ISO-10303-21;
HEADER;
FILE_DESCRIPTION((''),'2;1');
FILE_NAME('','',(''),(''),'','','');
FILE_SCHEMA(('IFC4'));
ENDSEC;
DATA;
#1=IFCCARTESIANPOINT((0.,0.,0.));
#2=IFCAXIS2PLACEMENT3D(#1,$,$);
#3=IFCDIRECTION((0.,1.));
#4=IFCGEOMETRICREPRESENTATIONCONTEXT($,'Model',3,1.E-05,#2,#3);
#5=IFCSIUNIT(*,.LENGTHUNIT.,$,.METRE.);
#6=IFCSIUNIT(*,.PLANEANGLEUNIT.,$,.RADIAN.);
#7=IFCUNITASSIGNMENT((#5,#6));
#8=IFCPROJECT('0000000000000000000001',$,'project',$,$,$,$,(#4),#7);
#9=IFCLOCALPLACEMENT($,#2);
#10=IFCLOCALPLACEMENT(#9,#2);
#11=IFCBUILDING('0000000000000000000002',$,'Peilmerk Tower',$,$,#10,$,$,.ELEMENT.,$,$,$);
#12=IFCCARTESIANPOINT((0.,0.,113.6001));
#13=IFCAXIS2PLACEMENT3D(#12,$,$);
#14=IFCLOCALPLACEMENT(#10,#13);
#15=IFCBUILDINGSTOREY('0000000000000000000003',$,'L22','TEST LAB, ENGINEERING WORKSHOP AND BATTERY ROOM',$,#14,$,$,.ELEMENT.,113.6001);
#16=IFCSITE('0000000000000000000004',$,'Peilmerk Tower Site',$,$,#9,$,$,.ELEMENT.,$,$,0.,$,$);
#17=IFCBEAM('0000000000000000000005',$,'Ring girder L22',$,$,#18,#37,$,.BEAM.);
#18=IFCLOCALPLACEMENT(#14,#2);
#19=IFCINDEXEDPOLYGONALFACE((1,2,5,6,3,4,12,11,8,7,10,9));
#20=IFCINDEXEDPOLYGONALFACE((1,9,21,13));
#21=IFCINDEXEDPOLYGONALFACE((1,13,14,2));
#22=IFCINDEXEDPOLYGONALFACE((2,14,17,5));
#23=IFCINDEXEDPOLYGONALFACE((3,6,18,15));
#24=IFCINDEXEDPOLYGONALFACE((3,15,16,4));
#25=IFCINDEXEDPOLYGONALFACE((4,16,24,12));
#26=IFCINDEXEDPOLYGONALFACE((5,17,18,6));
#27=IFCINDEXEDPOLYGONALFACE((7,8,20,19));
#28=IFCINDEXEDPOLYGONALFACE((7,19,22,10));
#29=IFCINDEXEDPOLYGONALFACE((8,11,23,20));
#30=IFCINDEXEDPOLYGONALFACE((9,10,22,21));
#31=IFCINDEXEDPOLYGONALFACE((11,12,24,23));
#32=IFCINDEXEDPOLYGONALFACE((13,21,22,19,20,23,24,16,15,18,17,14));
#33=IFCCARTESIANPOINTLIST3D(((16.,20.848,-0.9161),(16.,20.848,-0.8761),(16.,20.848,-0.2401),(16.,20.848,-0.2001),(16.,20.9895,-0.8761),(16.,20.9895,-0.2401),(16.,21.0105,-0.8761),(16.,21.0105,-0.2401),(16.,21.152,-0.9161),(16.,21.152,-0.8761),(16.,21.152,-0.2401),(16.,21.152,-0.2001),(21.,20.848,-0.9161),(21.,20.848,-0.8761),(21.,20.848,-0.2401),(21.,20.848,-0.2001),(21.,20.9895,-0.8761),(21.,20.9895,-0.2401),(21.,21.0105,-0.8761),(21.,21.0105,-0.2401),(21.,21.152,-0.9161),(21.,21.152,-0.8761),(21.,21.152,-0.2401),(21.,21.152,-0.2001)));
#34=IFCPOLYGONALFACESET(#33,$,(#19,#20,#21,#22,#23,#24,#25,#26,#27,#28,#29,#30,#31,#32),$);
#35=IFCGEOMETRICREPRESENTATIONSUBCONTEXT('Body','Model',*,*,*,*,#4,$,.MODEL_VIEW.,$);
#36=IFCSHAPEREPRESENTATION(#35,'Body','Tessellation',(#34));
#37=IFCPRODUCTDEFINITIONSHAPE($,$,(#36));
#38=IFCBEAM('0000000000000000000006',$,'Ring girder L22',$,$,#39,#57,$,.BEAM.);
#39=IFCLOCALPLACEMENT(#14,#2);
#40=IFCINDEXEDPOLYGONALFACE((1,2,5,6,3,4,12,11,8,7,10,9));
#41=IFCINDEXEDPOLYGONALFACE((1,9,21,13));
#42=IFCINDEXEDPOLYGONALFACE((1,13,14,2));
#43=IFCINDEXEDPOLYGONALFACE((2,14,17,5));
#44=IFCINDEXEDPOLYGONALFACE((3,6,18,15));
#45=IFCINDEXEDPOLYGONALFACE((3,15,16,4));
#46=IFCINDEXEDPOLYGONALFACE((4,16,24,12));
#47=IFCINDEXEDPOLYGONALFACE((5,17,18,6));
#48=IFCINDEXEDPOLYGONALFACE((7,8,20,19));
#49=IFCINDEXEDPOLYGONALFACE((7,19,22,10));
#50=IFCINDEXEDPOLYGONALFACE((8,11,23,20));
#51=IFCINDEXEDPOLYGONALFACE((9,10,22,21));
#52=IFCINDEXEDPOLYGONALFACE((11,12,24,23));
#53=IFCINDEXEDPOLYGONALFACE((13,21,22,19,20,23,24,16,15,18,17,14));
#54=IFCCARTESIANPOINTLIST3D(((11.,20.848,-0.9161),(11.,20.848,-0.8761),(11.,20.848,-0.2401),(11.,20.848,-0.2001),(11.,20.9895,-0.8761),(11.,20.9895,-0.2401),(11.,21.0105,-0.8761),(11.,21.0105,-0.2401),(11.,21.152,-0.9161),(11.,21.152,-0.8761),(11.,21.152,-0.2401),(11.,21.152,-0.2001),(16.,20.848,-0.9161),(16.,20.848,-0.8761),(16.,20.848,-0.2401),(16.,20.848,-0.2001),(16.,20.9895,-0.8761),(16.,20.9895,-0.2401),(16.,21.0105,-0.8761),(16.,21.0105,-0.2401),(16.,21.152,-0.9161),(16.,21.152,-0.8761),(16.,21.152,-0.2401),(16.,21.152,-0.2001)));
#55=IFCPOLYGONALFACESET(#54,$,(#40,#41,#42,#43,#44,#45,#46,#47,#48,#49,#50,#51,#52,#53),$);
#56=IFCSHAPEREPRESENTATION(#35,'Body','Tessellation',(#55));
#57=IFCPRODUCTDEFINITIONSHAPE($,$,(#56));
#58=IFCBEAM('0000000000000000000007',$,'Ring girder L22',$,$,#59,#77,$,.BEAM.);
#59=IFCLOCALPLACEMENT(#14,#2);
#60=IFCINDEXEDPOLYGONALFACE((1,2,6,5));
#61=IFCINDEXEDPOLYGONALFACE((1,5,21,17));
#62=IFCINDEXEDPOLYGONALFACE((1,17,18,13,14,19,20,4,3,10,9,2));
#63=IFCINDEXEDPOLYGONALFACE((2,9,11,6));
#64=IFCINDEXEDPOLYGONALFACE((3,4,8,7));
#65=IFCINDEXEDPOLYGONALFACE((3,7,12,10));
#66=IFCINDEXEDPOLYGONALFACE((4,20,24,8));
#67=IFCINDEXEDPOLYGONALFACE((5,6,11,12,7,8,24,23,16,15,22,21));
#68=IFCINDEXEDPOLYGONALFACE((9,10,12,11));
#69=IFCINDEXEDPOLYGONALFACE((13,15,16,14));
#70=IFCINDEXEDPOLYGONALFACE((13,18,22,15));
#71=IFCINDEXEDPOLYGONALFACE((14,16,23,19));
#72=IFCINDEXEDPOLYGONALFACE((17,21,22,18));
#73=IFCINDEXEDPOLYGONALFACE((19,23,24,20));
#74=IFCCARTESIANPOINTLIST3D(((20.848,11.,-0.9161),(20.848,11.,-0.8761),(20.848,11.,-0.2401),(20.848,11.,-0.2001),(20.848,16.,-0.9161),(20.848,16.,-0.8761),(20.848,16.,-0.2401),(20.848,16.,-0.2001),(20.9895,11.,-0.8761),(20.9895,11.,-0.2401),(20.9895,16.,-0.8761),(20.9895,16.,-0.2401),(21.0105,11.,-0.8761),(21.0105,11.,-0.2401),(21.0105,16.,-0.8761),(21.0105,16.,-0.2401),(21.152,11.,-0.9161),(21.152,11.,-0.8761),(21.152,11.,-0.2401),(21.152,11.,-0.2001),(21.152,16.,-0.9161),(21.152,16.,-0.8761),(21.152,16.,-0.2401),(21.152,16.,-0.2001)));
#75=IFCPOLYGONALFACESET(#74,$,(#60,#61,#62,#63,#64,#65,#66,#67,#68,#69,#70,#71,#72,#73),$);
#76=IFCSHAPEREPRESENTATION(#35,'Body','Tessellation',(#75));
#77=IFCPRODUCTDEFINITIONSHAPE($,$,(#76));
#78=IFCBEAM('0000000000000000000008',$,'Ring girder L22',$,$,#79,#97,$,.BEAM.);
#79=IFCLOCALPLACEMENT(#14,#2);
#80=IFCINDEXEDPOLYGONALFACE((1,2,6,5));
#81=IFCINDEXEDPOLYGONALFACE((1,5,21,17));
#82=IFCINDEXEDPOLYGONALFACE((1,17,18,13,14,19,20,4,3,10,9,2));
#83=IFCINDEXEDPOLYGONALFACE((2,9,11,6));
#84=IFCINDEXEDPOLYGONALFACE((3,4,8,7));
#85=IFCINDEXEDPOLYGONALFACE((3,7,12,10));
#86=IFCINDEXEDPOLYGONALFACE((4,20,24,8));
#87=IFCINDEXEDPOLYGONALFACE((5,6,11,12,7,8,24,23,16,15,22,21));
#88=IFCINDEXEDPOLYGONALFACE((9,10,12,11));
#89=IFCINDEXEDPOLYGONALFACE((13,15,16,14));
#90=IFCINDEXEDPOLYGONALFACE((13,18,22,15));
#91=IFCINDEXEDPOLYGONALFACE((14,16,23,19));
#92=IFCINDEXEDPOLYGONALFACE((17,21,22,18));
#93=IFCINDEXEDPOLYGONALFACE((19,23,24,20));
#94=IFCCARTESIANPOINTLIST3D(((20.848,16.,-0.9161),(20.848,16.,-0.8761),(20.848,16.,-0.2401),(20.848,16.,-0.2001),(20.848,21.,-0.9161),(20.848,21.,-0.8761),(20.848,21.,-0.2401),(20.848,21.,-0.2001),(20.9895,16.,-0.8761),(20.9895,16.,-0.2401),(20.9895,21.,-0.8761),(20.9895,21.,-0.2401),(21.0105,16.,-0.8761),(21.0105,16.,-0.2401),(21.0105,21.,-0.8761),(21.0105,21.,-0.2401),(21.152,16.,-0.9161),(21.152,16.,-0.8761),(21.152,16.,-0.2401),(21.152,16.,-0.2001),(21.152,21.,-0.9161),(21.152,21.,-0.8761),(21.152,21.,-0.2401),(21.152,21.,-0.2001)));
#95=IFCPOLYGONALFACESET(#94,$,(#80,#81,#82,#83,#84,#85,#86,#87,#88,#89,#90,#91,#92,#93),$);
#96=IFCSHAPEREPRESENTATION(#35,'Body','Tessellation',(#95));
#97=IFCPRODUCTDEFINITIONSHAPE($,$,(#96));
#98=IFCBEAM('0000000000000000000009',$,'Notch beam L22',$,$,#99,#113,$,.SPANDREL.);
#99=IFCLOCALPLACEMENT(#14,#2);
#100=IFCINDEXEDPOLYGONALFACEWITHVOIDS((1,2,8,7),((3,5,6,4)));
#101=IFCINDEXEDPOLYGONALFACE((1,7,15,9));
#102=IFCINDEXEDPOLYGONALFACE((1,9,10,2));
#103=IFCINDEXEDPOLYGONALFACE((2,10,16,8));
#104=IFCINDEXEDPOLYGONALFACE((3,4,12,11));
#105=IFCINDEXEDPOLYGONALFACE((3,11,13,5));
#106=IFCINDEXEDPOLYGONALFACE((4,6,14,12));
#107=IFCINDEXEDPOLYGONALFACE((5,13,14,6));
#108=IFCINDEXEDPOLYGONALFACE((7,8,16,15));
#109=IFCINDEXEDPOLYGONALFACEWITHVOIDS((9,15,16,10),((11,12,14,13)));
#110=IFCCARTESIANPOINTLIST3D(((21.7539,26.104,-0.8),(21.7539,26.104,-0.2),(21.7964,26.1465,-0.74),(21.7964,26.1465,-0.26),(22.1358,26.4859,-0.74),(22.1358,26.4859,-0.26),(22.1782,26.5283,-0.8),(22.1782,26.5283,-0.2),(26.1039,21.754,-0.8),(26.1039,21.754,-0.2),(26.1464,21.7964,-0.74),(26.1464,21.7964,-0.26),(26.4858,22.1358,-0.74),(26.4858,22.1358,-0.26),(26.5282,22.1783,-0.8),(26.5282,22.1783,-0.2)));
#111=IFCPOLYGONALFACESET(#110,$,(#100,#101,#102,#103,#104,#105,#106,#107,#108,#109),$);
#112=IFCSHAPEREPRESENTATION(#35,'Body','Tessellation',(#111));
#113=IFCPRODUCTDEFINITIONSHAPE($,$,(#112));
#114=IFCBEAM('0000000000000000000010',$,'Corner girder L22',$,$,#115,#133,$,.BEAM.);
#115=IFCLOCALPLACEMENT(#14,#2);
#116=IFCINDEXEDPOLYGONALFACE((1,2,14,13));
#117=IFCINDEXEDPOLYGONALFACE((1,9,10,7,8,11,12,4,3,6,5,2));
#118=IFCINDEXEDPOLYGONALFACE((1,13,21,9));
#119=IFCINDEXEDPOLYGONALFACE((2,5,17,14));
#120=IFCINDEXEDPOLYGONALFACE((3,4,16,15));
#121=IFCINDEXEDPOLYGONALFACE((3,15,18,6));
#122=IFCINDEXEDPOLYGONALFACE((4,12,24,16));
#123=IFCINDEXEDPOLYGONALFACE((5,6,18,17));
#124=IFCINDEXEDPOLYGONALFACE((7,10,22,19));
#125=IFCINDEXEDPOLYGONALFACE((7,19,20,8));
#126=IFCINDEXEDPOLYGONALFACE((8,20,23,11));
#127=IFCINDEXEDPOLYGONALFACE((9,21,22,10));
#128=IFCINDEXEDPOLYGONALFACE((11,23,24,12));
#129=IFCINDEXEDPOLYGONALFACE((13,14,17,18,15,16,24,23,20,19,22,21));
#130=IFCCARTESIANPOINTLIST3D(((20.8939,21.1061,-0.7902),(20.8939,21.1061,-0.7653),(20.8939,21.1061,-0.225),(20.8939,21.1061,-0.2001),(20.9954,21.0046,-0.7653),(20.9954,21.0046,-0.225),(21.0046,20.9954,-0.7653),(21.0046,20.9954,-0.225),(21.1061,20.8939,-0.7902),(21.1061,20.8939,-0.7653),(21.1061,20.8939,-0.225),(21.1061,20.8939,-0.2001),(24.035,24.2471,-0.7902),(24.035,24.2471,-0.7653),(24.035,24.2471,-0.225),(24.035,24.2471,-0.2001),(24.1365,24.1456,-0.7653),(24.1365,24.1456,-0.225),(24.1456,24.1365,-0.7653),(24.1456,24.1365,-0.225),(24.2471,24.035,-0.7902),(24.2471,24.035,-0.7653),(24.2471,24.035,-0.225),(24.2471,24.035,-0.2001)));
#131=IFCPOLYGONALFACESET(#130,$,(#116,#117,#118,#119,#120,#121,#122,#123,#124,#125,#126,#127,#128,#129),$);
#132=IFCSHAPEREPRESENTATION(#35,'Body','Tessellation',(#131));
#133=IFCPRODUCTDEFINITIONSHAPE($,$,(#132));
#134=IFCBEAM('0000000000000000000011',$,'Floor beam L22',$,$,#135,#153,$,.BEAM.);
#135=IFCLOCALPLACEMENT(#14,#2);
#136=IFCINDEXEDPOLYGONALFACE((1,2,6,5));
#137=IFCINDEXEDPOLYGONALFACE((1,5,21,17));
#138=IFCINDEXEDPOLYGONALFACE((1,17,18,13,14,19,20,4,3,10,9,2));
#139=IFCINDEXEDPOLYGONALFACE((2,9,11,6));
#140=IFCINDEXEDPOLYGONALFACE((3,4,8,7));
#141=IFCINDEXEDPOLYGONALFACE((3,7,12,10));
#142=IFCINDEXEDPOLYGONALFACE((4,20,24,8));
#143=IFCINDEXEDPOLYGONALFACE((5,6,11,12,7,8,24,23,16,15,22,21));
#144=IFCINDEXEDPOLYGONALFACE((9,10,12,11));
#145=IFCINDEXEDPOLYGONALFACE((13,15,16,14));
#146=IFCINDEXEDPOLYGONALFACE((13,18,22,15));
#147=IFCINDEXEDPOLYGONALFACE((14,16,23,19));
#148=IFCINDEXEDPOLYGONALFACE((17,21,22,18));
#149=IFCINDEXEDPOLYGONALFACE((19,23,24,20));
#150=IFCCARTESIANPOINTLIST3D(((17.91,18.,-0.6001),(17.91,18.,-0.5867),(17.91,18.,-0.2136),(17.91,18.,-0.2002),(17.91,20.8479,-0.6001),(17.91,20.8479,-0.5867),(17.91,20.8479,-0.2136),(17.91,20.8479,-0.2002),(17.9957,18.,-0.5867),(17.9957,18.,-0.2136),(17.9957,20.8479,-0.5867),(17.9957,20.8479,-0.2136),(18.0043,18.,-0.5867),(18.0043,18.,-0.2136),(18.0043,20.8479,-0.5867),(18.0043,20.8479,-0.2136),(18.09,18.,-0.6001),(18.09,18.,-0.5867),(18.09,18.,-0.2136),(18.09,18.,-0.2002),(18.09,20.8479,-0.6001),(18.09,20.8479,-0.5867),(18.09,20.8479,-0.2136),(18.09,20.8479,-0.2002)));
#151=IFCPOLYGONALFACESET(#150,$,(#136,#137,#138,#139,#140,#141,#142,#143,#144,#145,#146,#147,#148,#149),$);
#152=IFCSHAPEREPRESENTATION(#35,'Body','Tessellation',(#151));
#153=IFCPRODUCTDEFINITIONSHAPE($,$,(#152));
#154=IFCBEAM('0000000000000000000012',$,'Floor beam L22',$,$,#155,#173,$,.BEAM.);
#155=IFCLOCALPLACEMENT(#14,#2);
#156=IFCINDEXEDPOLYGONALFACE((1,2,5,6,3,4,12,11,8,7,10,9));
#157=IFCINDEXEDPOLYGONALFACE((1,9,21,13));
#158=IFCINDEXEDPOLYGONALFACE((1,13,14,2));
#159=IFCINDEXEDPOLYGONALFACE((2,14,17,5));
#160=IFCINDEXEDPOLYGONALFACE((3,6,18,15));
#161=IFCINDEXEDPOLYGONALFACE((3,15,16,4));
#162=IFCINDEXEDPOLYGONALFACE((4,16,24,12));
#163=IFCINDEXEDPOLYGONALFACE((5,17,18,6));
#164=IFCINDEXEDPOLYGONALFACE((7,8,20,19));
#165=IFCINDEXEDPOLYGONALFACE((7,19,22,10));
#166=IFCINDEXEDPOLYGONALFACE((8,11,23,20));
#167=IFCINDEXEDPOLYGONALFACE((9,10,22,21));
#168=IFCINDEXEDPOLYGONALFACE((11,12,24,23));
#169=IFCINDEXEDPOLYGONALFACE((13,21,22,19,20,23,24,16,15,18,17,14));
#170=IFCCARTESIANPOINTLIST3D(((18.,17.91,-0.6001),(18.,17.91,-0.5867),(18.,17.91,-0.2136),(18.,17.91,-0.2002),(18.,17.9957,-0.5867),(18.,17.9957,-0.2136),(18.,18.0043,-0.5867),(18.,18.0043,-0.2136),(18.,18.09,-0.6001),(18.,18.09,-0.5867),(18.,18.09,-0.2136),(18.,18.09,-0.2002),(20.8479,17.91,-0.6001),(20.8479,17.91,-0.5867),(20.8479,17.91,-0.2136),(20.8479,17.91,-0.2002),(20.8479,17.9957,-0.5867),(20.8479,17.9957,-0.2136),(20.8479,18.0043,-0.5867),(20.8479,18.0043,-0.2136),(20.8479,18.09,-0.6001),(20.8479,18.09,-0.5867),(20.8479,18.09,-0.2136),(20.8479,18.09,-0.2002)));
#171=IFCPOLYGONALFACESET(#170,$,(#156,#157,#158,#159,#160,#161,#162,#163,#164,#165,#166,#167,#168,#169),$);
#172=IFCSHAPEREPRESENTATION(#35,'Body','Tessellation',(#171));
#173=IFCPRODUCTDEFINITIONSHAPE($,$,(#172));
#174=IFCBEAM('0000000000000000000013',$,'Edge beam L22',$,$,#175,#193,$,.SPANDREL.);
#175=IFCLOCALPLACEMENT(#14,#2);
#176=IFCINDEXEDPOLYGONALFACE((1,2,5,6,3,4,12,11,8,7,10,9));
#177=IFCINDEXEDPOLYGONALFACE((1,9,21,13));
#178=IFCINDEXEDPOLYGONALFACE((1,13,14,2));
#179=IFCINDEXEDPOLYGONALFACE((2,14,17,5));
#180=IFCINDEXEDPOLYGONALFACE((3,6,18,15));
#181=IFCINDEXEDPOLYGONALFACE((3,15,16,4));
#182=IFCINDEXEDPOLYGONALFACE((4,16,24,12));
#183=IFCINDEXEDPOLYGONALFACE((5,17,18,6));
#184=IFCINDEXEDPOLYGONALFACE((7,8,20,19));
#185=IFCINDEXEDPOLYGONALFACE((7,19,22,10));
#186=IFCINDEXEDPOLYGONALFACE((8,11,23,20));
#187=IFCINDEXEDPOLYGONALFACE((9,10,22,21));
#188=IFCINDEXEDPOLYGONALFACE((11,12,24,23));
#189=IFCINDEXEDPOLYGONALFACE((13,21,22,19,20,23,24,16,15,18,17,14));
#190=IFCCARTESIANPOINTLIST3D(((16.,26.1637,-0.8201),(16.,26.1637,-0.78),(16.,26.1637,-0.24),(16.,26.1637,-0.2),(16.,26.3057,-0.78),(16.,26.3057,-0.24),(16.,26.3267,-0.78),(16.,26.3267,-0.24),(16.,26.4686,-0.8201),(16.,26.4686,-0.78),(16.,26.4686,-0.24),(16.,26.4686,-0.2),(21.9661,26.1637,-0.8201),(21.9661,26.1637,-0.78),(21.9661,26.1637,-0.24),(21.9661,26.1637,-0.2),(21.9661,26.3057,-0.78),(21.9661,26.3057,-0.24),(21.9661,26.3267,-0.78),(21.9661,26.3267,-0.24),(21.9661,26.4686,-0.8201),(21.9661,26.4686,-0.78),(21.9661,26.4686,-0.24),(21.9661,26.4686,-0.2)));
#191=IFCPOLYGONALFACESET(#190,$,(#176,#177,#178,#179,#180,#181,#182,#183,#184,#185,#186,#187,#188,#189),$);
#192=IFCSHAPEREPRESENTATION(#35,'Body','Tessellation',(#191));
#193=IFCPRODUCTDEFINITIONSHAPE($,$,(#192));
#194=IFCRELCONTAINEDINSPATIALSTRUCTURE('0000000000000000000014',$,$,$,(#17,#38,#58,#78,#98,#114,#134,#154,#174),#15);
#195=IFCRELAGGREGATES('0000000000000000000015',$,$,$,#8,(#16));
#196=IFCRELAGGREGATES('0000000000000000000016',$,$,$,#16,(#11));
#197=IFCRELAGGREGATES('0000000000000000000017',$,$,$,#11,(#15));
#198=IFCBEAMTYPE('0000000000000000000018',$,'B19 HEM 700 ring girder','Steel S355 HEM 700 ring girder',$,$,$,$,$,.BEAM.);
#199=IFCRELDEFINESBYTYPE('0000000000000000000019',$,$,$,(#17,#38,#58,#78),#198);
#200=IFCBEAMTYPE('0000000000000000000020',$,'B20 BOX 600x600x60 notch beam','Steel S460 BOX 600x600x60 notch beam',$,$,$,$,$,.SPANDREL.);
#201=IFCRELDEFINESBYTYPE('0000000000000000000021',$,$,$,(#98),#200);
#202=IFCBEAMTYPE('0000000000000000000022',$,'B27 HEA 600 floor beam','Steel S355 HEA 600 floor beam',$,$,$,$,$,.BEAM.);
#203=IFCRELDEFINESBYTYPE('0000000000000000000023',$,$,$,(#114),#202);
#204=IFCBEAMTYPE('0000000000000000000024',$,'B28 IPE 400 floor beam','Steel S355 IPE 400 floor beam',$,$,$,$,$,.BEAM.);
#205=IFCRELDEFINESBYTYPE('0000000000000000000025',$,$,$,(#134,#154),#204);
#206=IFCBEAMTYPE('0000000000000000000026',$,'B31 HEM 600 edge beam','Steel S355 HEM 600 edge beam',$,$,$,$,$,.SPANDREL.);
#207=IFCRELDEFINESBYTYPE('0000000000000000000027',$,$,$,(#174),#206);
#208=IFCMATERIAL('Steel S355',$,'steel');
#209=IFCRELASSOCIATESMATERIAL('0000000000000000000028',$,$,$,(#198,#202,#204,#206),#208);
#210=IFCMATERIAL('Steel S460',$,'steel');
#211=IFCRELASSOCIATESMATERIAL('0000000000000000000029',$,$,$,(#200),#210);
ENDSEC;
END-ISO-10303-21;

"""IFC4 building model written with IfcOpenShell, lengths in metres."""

from ifc_helpers import new_model, si_unit, direction, frame, origin, origin_2d, place, context, subcontext, project, spatial, hollow_rectangle, i_section, extrude, material, material_profile, profile_set, type_object, element, save


model = new_model("IFC4")

# Units and contexts
model_context = context("Model", 3, precision=1e-05, world=origin(), true_north=direction((0.0, 1.0)))
body_context = subcontext(model_context, "Body", "Model", "MODEL_VIEW")
ifc_project = project(units=[si_unit("LENGTHUNIT", "METRE"), si_unit("PLANEANGLEUNIT", "RADIAN")], contexts=[model_context])

# Site, building, storey
site_placement = place(None, origin())
site = spatial("IfcSite", under=ifc_project, at=site_placement, Name="Peilmerk Tower Site", CompositionType="ELEMENT", RefElevation=0.0)
building_placement = place(site_placement, origin())
building = spatial("IfcBuilding", under=site, at=building_placement, Name="Peilmerk Tower", CompositionType="ELEMENT")
storey_placement = place(building_placement, frame((0.0, 0.0, 113.6001)))
storey = spatial("IfcBuildingStorey", under=building, at=storey_placement, Name="L22", Description="TEST LAB, ENGINEERING WORKSHOP AND BATTERY ROOM", CompositionType="ELEMENT", Elevation=113.6001)

# Shared definitions
ifc_material_1 = material(Name="Steel S460", Category="steel")

# Beams
ifc_material_2 = material(Name="Steel S355", Category="steel")
ifc_material_profile_1 = material_profile(ifc_material_2, i_section(OverallWidth=0.304, OverallDepth=0.7161, WebThickness=0.021, FlangeThickness=0.04, at=origin_2d()), Name="HEM 700")
ifc_profile_set_1 = profile_set([ifc_material_profile_1], Name="Steel S355")
beam_type_1 = type_object("IfcBeamType", Name="B19 HEM 700 ring girder", Description="Steel S355 HEM 700 ring girder", PredefinedType="BEAM", material=ifc_profile_set_1)
for number, where, z_axis, x_axis, name in (
    (1, (21.0, 21.0, -0.5581), (-1.0, 0.0, 0.0), (0.0, -1.0, 0.0), "Ring girder L22"),
    (2, (16.0, 21.0, -0.5581), (-1.0, 0.0, 0.0), (0.0, -1.0, 0.0), "Ring girder L22"),
    (3, (21.0, 11.0, -0.5581), (0.0, 1.0, 0.0), (-1.0, 0.0, 0.0), "Ring girder L22"),
    (4, (21.0, 16.0, -0.5581), (0.0, 1.0, 0.0), (-1.0, 0.0, 0.0), "Ring girder L22"),
):
    element("IfcBeam", number, at=place(storey_placement, frame(where, z_axis=z_axis, x_axis=x_axis)), inside=storey, type_object=beam_type_1, Name=name, PredefinedType="BEAM", context=body_context, shape_type="SweptSolid", body=[
        extrude(i_section(OverallWidth=0.304, OverallDepth=0.7161, WebThickness=0.021, FlangeThickness=0.04, at=origin_2d()), origin(), (0.0, 0.0, 1.0), 5.0),
    ])
ifc_material_profile_2 = material_profile(ifc_material_1, hollow_rectangle(XDim=0.6001, YDim=0.6001, WallThickness=0.0601, at=origin_2d()), Name="BOX 600x600x60")
ifc_profile_set_2 = profile_set([ifc_material_profile_2], Name="Steel S460")
beam_type_2 = type_object("IfcBeamType", Name="B20 BOX 600x600x60 notch beam", Description="Steel S460 BOX 600x600x60 notch beam", PredefinedType="SPANDREL", material=ifc_profile_set_2)
beam_1_placement = place(storey_placement, frame((21.9661, 26.3162, -0.5), z_axis=(0.707107, -0.707107, 0.0), x_axis=(0.707107, 0.707107, 0.0)))
element("IfcBeam", 5, at=beam_1_placement, inside=storey, type_object=beam_type_2, Name="Notch beam L22", PredefinedType="SPANDREL", context=body_context, shape_type="SweptSolid", body=[
    extrude(hollow_rectangle(XDim=0.6001, YDim=0.6001, WallThickness=0.0601, at=origin_2d()), origin(), (0.0, 0.0, 1.0), 6.1519),
])
ifc_material_profile_3 = material_profile(ifc_material_2, i_section(OverallWidth=0.3, OverallDepth=0.5901, WebThickness=0.0129, FlangeThickness=0.0249, at=origin_2d()), Name="HEA 600")
ifc_profile_set_3 = profile_set([ifc_material_profile_3], Name="Steel S355")
beam_type_3 = type_object("IfcBeamType", Name="B27 HEA 600 floor beam", Description="Steel S355 HEA 600 floor beam", PredefinedType="BEAM", material=ifc_profile_set_3)
beam_2_placement = place(storey_placement, frame((21.0, 21.0, -0.4951), z_axis=(0.707107, 0.707107, 0.0), x_axis=(-0.707107, 0.707107, 0.0)))
element("IfcBeam", 6, at=beam_2_placement, inside=storey, type_object=beam_type_3, Name="Corner girder L22", PredefinedType="BEAM", context=body_context, shape_type="SweptSolid", body=[
    extrude(i_section(OverallWidth=0.3, OverallDepth=0.5901, WebThickness=0.0129, FlangeThickness=0.0249, at=origin_2d()), origin(), (0.0, 0.0, 1.0), 4.4421),
])
ifc_material_profile_4 = material_profile(ifc_material_2, i_section(OverallWidth=0.1799, OverallDepth=0.3999, WebThickness=0.0085, FlangeThickness=0.0134, at=origin_2d()), Name="IPE 400")
ifc_profile_set_4 = profile_set([ifc_material_profile_4], Name="Steel S355")
beam_type_4 = type_object("IfcBeamType", Name="B28 IPE 400 floor beam", Description="Steel S355 IPE 400 floor beam", PredefinedType="BEAM", material=ifc_profile_set_4)
for number, where, z_axis, x_axis, name in (
    (7, (18.0, 18.0, -0.4001), (0.0, 1.0, 0.0), (-1.0, 0.0, 0.0), "Floor beam L22"),
    (8, (18.0, 18.0, -0.4001), (1.0, 0.0, 0.0), (0.0, 1.0, 0.0), "Floor beam L22"),
):
    element("IfcBeam", number, at=place(storey_placement, frame(where, z_axis=z_axis, x_axis=x_axis)), inside=storey, type_object=beam_type_4, Name=name, PredefinedType="BEAM", context=body_context, shape_type="SweptSolid", body=[
        extrude(i_section(OverallWidth=0.1799, OverallDepth=0.3999, WebThickness=0.0085, FlangeThickness=0.0134, at=origin_2d()), origin(), (0.0, 0.0, 1.0), 2.8479),
    ])
ifc_material_profile_5 = material_profile(ifc_material_2, i_section(OverallWidth=0.3049, OverallDepth=0.6201, WebThickness=0.021, FlangeThickness=0.04, at=origin_2d()), Name="HEM 600")
ifc_profile_set_5 = profile_set([ifc_material_profile_5], Name="Steel S355")
beam_type_5 = type_object("IfcBeamType", Name="B31 HEM 600 edge beam", Description="Steel S355 HEM 600 edge beam", PredefinedType="SPANDREL", material=ifc_profile_set_5)
for number, where, z_axis, x_axis, name in (
    (9, (21.9661, 26.3162, -0.51), (-1.0, 0.0, 0.0), (0.0, -1.0, 0.0), "Edge beam L22"),
):
    element("IfcBeam", number, at=place(storey_placement, frame(where, z_axis=z_axis, x_axis=x_axis)), inside=storey, type_object=beam_type_5, Name=name, PredefinedType="SPANDREL", context=body_context, shape_type="SweptSolid", body=[
        extrude(i_section(OverallWidth=0.3049, OverallDepth=0.6201, WebThickness=0.021, FlangeThickness=0.04, at=origin_2d()), origin(), (0.0, 0.0, 1.0), 5.9661),
    ])

save(model, "model.ifc")
